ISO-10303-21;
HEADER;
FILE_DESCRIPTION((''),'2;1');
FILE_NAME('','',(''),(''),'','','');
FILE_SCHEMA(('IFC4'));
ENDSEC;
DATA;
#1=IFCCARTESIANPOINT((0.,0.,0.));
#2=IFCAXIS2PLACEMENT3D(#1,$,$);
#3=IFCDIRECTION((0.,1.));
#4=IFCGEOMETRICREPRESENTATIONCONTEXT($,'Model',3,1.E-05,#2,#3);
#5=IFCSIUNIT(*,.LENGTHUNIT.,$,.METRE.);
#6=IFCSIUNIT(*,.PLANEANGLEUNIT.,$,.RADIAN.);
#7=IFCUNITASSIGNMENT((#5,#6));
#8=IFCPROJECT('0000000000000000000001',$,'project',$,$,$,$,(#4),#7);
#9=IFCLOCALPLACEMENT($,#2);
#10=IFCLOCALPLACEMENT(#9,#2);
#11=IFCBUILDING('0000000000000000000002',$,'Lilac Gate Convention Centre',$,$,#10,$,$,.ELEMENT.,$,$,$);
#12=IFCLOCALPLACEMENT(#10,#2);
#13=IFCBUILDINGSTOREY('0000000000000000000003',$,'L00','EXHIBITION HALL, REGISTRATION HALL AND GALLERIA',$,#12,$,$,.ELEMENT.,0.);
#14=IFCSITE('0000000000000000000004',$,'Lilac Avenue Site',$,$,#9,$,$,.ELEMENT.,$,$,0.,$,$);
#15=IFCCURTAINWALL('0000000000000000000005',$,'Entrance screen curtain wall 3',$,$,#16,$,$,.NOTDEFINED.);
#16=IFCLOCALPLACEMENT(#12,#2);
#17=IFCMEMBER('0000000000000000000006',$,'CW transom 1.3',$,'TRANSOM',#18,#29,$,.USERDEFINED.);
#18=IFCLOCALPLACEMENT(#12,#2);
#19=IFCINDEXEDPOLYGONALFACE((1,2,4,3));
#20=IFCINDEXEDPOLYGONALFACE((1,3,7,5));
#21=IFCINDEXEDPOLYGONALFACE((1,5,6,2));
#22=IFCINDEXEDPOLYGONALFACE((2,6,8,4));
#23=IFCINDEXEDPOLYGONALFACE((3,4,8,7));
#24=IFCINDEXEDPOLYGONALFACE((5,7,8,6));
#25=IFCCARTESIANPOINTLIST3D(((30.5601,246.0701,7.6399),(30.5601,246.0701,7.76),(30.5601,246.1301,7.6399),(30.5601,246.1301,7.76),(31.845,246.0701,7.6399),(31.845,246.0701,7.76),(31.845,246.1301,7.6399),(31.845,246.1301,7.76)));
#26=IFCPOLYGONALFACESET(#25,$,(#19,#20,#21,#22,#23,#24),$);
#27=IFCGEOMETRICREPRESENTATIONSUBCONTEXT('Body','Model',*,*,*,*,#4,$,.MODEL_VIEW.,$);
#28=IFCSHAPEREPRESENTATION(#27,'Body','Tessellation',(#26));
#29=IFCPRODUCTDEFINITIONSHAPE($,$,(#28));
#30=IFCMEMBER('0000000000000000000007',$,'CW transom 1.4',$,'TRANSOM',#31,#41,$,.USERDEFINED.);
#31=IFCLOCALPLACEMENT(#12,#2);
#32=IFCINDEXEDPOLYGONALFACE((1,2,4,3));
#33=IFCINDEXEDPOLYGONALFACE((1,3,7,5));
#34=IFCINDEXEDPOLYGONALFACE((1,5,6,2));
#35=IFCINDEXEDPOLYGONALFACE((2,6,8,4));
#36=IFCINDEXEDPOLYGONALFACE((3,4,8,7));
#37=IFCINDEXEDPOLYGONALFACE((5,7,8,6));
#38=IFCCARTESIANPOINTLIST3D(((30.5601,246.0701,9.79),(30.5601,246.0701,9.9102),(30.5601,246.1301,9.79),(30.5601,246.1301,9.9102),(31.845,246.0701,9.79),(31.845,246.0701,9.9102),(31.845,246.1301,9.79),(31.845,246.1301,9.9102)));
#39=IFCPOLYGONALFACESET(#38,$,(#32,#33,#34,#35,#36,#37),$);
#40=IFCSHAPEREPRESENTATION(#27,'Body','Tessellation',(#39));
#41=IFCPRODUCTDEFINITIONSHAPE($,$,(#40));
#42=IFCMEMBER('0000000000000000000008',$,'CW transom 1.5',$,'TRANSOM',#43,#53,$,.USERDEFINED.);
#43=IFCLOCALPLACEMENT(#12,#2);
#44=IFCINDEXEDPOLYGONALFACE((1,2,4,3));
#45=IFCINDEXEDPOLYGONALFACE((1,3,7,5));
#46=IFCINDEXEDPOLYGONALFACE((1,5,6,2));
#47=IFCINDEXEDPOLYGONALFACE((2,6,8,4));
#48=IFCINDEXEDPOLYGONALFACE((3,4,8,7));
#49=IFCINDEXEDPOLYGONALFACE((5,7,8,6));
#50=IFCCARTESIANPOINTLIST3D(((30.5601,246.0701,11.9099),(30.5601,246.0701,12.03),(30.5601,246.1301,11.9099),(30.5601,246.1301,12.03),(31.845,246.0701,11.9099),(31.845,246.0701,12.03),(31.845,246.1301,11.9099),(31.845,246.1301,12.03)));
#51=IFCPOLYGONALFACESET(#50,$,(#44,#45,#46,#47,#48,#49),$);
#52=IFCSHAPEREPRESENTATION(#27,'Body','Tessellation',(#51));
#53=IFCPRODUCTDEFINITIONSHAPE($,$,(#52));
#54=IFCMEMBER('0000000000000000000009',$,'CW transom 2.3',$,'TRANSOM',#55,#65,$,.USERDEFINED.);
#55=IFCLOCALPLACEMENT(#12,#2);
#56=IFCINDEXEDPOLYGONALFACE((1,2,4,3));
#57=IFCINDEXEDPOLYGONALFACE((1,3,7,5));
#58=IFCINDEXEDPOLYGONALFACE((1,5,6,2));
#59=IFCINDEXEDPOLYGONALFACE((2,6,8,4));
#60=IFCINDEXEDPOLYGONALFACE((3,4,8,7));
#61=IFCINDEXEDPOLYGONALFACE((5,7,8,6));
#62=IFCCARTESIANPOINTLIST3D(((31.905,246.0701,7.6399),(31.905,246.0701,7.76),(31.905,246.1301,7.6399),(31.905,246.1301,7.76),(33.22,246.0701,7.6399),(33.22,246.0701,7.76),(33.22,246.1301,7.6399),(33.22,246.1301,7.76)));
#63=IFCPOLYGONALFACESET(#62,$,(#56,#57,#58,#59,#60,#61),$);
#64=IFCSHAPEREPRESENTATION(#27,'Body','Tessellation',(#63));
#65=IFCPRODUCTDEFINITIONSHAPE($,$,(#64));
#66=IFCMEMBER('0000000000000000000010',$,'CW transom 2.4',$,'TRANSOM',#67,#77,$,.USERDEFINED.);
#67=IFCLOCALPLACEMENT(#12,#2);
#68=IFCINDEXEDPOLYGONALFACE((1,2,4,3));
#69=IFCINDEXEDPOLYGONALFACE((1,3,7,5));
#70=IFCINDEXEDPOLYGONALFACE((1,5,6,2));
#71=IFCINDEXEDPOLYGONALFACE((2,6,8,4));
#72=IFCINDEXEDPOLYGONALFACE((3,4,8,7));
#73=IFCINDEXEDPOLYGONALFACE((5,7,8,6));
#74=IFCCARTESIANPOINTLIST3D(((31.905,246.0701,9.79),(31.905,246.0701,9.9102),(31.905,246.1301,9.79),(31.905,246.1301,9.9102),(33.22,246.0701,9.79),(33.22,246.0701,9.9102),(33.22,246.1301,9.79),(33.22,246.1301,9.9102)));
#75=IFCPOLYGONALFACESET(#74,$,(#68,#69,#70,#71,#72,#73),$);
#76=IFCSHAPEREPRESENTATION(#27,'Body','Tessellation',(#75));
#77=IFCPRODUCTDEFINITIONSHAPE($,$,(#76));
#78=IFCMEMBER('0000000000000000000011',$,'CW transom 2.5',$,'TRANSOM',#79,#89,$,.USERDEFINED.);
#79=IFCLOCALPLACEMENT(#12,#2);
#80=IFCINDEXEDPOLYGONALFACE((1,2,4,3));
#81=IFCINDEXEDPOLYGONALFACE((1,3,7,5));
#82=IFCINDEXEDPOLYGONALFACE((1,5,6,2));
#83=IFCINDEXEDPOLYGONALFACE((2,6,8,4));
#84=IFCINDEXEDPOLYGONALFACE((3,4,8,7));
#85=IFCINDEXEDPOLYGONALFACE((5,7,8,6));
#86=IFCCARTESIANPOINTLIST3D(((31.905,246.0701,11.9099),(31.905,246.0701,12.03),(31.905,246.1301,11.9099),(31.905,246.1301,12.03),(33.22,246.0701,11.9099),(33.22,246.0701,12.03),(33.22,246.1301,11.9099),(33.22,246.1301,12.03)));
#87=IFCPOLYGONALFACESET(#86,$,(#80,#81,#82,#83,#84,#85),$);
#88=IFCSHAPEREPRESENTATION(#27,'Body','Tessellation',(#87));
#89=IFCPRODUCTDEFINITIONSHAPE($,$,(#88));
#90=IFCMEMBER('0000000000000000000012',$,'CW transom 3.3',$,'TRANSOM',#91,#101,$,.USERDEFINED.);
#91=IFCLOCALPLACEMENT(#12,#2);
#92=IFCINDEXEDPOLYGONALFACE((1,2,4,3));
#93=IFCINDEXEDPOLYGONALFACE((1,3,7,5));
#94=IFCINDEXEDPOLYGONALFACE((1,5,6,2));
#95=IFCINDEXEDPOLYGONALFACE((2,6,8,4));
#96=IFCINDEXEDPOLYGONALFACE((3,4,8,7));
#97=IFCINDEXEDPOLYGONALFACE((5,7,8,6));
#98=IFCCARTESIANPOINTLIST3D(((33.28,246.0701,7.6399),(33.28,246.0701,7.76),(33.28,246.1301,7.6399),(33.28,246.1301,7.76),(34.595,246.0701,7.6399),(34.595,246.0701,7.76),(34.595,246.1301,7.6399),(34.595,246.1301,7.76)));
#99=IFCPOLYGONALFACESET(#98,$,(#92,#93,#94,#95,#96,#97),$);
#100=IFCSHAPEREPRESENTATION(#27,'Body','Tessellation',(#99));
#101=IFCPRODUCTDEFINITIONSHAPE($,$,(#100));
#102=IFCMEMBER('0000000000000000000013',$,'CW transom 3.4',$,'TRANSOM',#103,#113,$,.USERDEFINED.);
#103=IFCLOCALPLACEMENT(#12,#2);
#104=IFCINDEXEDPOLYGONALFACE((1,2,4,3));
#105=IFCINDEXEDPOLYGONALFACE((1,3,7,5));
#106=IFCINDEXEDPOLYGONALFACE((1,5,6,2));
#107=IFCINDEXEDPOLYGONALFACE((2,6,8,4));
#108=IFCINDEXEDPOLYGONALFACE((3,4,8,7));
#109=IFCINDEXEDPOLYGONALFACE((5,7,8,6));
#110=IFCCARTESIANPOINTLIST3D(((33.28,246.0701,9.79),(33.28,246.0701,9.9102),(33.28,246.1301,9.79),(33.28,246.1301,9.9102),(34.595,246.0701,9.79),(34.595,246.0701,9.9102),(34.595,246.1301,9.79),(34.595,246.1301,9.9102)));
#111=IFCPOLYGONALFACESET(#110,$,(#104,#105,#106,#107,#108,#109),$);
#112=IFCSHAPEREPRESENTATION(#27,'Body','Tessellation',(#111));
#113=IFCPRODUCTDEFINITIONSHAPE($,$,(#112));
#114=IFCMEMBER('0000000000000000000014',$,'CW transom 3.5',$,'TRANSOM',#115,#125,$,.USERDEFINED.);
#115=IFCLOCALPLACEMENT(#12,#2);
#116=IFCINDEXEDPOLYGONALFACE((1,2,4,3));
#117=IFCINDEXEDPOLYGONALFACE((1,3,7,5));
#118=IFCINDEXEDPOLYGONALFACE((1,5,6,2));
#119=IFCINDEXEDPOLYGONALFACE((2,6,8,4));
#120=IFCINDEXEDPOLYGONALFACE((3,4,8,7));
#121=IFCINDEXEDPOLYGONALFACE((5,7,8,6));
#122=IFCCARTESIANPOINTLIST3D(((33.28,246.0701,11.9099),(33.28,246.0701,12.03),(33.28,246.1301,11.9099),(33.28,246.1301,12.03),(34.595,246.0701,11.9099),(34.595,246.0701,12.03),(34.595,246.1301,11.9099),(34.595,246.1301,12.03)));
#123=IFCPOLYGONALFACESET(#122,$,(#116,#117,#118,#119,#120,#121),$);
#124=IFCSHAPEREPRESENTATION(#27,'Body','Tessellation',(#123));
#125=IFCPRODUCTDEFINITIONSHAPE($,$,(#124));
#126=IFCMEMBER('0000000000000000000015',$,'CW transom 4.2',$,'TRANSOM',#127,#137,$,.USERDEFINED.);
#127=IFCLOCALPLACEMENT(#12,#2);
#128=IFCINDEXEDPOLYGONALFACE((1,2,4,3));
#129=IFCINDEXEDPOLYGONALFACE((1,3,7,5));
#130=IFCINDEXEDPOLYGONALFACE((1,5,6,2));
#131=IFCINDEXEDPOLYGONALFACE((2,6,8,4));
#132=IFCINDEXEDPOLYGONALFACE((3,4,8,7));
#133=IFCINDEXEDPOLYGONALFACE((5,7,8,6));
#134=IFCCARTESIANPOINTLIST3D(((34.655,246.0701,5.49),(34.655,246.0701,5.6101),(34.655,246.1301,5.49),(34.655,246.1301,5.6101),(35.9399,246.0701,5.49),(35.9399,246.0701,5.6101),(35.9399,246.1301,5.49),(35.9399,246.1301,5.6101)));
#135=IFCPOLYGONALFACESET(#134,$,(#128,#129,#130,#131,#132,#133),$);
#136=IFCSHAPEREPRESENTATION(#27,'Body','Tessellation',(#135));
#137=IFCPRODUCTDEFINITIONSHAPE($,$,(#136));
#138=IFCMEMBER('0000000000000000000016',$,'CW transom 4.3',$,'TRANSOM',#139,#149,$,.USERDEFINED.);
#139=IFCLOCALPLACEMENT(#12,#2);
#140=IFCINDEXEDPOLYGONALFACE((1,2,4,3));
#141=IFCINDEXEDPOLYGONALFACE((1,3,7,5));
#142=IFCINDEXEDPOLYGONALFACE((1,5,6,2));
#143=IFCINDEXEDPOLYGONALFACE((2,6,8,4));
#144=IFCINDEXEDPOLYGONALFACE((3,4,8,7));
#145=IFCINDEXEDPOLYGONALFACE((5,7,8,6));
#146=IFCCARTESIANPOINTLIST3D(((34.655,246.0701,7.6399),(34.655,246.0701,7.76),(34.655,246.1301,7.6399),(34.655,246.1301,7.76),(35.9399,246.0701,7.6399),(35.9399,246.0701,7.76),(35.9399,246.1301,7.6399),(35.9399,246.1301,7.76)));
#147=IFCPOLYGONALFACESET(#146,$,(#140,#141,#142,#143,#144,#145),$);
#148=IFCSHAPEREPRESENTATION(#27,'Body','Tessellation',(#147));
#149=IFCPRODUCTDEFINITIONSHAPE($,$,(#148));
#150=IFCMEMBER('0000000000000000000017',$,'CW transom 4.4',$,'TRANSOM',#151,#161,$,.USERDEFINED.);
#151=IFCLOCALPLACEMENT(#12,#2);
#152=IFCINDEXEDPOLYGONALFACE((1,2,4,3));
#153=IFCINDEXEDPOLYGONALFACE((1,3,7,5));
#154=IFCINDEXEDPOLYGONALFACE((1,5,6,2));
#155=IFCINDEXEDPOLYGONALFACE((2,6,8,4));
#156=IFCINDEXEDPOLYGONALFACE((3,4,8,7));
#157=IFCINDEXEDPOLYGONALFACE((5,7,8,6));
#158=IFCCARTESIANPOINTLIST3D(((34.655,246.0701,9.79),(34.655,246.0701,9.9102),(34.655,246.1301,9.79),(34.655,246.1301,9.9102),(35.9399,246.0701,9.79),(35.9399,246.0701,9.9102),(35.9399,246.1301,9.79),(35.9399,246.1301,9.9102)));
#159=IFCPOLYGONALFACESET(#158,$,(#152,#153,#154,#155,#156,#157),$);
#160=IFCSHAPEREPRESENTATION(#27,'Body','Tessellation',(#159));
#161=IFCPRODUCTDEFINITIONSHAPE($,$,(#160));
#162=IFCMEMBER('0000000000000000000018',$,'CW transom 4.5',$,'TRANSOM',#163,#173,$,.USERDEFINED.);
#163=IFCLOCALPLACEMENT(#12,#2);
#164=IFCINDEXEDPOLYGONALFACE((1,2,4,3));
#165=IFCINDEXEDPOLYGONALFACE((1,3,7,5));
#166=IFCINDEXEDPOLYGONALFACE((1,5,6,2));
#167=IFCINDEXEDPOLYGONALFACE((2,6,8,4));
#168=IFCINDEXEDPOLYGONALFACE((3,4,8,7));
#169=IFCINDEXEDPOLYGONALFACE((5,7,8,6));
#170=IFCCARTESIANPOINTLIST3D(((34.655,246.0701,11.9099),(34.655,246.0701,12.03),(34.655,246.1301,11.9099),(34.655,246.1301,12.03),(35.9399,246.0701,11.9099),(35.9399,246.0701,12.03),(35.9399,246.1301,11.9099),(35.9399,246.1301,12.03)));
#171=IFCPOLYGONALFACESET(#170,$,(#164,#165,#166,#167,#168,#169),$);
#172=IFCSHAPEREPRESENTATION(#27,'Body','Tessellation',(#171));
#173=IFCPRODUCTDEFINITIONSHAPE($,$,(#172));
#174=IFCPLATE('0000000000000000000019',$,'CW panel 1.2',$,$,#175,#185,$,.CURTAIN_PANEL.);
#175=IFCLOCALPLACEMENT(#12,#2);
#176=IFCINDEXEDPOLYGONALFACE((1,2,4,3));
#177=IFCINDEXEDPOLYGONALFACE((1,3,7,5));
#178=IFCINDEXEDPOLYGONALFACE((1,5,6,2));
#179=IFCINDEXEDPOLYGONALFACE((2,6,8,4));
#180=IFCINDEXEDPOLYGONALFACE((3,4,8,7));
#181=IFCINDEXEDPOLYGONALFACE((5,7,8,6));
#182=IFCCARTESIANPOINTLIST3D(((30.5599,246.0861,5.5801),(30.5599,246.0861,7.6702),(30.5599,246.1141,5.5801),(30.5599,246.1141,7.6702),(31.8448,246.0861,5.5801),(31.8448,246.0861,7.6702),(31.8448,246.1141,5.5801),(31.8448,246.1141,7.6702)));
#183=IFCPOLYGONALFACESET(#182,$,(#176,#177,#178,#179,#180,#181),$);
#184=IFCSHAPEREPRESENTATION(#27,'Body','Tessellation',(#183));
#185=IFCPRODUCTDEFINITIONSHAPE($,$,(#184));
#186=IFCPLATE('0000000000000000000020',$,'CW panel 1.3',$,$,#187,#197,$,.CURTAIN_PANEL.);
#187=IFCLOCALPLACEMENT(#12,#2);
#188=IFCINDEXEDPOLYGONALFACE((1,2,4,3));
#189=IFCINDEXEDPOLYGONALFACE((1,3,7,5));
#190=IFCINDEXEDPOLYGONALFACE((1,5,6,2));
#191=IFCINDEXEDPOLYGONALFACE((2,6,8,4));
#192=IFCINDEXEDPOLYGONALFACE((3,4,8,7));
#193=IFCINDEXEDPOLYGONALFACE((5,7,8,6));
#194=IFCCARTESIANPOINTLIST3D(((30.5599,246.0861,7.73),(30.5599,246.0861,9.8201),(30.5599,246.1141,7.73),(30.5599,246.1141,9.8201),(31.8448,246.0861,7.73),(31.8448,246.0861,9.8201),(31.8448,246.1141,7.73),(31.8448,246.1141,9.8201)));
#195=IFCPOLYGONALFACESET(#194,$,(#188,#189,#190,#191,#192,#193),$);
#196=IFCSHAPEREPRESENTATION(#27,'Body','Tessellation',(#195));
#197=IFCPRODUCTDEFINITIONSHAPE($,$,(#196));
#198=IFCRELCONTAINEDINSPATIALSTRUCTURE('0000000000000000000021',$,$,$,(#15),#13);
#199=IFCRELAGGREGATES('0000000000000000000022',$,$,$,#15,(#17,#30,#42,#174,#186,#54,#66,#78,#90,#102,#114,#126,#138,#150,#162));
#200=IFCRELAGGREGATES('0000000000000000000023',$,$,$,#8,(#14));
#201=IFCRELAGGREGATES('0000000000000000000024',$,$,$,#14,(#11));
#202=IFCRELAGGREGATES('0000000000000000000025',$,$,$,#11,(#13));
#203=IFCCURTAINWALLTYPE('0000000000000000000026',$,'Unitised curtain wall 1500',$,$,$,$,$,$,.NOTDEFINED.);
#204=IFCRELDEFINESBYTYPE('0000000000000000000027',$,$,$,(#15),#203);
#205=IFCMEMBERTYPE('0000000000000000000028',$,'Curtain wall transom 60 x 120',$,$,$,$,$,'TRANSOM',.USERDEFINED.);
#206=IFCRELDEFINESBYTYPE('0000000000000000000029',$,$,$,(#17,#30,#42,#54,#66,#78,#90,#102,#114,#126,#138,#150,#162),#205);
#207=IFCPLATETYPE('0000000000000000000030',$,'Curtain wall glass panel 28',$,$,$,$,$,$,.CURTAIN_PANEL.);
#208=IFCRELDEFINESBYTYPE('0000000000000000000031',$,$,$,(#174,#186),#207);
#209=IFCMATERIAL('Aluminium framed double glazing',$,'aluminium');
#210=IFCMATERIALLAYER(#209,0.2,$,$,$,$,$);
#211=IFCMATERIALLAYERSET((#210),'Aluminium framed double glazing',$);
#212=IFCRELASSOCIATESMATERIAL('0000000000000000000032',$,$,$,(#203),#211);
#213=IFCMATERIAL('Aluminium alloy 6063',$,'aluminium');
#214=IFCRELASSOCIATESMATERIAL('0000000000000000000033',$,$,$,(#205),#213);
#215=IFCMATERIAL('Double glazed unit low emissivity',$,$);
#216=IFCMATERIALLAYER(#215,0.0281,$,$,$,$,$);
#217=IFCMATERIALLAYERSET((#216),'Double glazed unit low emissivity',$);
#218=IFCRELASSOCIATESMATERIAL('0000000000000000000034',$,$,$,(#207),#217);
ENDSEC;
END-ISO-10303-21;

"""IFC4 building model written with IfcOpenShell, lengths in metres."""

from ifc_helpers import new_model, si_unit, direction, frame, origin, origin_2d, place, context, subcontext, project, spatial, rectangle, extrude, material, layer, layer_set, material_profile, profile_set, type_object, element, aggregate, save


model = new_model("IFC4")

# Units and contexts
model_context = context("Model", 3, precision=1e-05, world=origin(), true_north=direction((0.0, 1.0)))
body_context = subcontext(model_context, "Body", "Model", "MODEL_VIEW")
ifc_project = project(units=[si_unit("LENGTHUNIT", "METRE"), si_unit("PLANEANGLEUNIT", "RADIAN")], contexts=[model_context])

# Site, building, storey
site_placement = place(None, origin())
site = spatial("IfcSite", under=ifc_project, at=site_placement, Name="Lilac Avenue Site", CompositionType="ELEMENT", RefElevation=0.0)
building_placement = place(site_placement, origin())
building = spatial("IfcBuilding", under=site, at=building_placement, Name="Lilac Gate Convention Centre", CompositionType="ELEMENT")
storey_placement = place(building_placement, origin())
storey = spatial("IfcBuildingStorey", under=building, at=storey_placement, Name="L00", Description="EXHIBITION HALL, REGISTRATION HALL AND GALLERIA", CompositionType="ELEMENT", Elevation=0.0)

# Curtain wall, members, plates
ifc_material_1 = material(Name="Aluminium framed double glazing", Category="aluminium")
ifc_layer_1 = layer(ifc_material_1, 0.2)
ifc_layer_set_1 = layer_set([ifc_layer_1], Name="Aluminium framed double glazing")
curtain_wall_type = type_object("IfcCurtainWallType", Name="Unitised curtain wall 1500", PredefinedType="NOTDEFINED", material=ifc_layer_set_1)
curtain_wall_placement = place(storey_placement, origin())
curtain_wall = element("IfcCurtainWall", 1, at=curtain_wall_placement, inside=storey, type_object=curtain_wall_type, Name="Entrance screen curtain wall 3", PredefinedType="NOTDEFINED")
ifc_material_2 = material(Name="Aluminium alloy 6063", Category="aluminium")
ifc_material_profile = material_profile(ifc_material_2, rectangle(XDim=0.0601, YDim=0.1201, at=origin_2d()), Name="Curtain wall transom 60 x 120")
ifc_profile_set = profile_set([ifc_material_profile], Name="Aluminium alloy 6063")
member_type = type_object("IfcMemberType", Name="Curtain wall transom 60 x 120", ElementType="TRANSOM", PredefinedType="USERDEFINED", material=ifc_profile_set)
member_1_placement = place(storey_placement, frame((30.5601, 246.1001, 7.7), z_axis=(1.0, 0.0, 0.0), x_axis=(0.0, 1.0, 0.0)))
member_1 = element("IfcMember", 2, at=member_1_placement, type_object=member_type, Name="CW transom 1.3", ObjectType="TRANSOM", PredefinedType="USERDEFINED", context=body_context, shape_type="SweptSolid", body=[
    extrude(rectangle(XDim=0.0601, YDim=0.1201, at=origin_2d()), origin(), (0.0, 0.0, 1.0), 1.2849),
])
member_2_placement = place(storey_placement, frame((30.5601, 246.1001, 9.8501), z_axis=(1.0, 0.0, 0.0), x_axis=(0.0, 1.0, 0.0)))
member_2 = element("IfcMember", 3, at=member_2_placement, type_object=member_type, Name="CW transom 1.4", ObjectType="TRANSOM", PredefinedType="USERDEFINED", context=body_context, shape_type="SweptSolid", body=[
    extrude(rectangle(XDim=0.0601, YDim=0.1201, at=origin_2d()), origin(), (0.0, 0.0, 1.0), 1.2849),
])
member_3_placement = place(storey_placement, frame((30.5601, 246.1001, 11.97), z_axis=(1.0, 0.0, 0.0), x_axis=(0.0, 1.0, 0.0)))
member_3 = element("IfcMember", 4, at=member_3_placement, type_object=member_type, Name="CW transom 1.5", ObjectType="TRANSOM", PredefinedType="USERDEFINED", context=body_context, shape_type="SweptSolid", body=[
    extrude(rectangle(XDim=0.0601, YDim=0.1201, at=origin_2d()), origin(), (0.0, 0.0, 1.0), 1.2849),
])
member_4_placement = place(storey_placement, frame((31.905, 246.1001, 7.7), z_axis=(1.0, 0.0, 0.0), x_axis=(0.0, 1.0, 0.0)))
member_4 = element("IfcMember", 5, at=member_4_placement, type_object=member_type, Name="CW transom 2.3", ObjectType="TRANSOM", PredefinedType="USERDEFINED", context=body_context, shape_type="SweptSolid", body=[
    extrude(rectangle(XDim=0.0601, YDim=0.1201, at=origin_2d()), origin(), (0.0, 0.0, 1.0), 1.3149),
])
member_5_placement = place(storey_placement, frame((31.905, 246.1001, 9.8501), z_axis=(1.0, 0.0, 0.0), x_axis=(0.0, 1.0, 0.0)))
member_5 = element("IfcMember", 6, at=member_5_placement, type_object=member_type, Name="CW transom 2.4", ObjectType="TRANSOM", PredefinedType="USERDEFINED", context=body_context, shape_type="SweptSolid", body=[
    extrude(rectangle(XDim=0.0601, YDim=0.1201, at=origin_2d()), origin(), (0.0, 0.0, 1.0), 1.3149),
])
member_6_placement = place(storey_placement, frame((31.905, 246.1001, 11.97), z_axis=(1.0, 0.0, 0.0), x_axis=(0.0, 1.0, 0.0)))
member_6 = element("IfcMember", 7, at=member_6_placement, type_object=member_type, Name="CW transom 2.5", ObjectType="TRANSOM", PredefinedType="USERDEFINED", context=body_context, shape_type="SweptSolid", body=[
    extrude(rectangle(XDim=0.0601, YDim=0.1201, at=origin_2d()), origin(), (0.0, 0.0, 1.0), 1.3149),
])
member_7_placement = place(storey_placement, frame((33.28, 246.1001, 7.7), z_axis=(1.0, 0.0, 0.0), x_axis=(0.0, 1.0, 0.0)))
member_7 = element("IfcMember", 8, at=member_7_placement, type_object=member_type, Name="CW transom 3.3", ObjectType="TRANSOM", PredefinedType="USERDEFINED", context=body_context, shape_type="SweptSolid", body=[
    extrude(rectangle(XDim=0.0601, YDim=0.1201, at=origin_2d()), origin(), (0.0, 0.0, 1.0), 1.3149),
])
member_8_placement = place(storey_placement, frame((33.28, 246.1001, 9.8501), z_axis=(1.0, 0.0, 0.0), x_axis=(0.0, 1.0, 0.0)))
member_8 = element("IfcMember", 9, at=member_8_placement, type_object=member_type, Name="CW transom 3.4", ObjectType="TRANSOM", PredefinedType="USERDEFINED", context=body_context, shape_type="SweptSolid", body=[
    extrude(rectangle(XDim=0.0601, YDim=0.1201, at=origin_2d()), origin(), (0.0, 0.0, 1.0), 1.3149),
])
member_9_placement = place(storey_placement, frame((33.28, 246.1001, 11.97), z_axis=(1.0, 0.0, 0.0), x_axis=(0.0, 1.0, 0.0)))
member_9 = element("IfcMember", 10, at=member_9_placement, type_object=member_type, Name="CW transom 3.5", ObjectType="TRANSOM", PredefinedType="USERDEFINED", context=body_context, shape_type="SweptSolid", body=[
    extrude(rectangle(XDim=0.0601, YDim=0.1201, at=origin_2d()), origin(), (0.0, 0.0, 1.0), 1.3149),
])
member_10_placement = place(storey_placement, frame((34.655, 246.1001, 5.55), z_axis=(1.0, 0.0, 0.0), x_axis=(0.0, 1.0, 0.0)))
member_10 = element("IfcMember", 11, at=member_10_placement, type_object=member_type, Name="CW transom 4.2", ObjectType="TRANSOM", PredefinedType="USERDEFINED", context=body_context, shape_type="SweptSolid", body=[
    extrude(rectangle(XDim=0.0601, YDim=0.1201, at=origin_2d()), origin(), (0.0, 0.0, 1.0), 1.2849),
])
member_11_placement = place(storey_placement, frame((34.655, 246.1001, 7.7), z_axis=(1.0, 0.0, 0.0), x_axis=(0.0, 1.0, 0.0)))
member_11 = element("IfcMember", 12, at=member_11_placement, type_object=member_type, Name="CW transom 4.3", ObjectType="TRANSOM", PredefinedType="USERDEFINED", context=body_context, shape_type="SweptSolid", body=[
    extrude(rectangle(XDim=0.0601, YDim=0.1201, at=origin_2d()), origin(), (0.0, 0.0, 1.0), 1.2849),
])
member_12_placement = place(storey_placement, frame((34.655, 246.1001, 9.8501), z_axis=(1.0, 0.0, 0.0), x_axis=(0.0, 1.0, 0.0)))
member_12 = element("IfcMember", 13, at=member_12_placement, type_object=member_type, Name="CW transom 4.4", ObjectType="TRANSOM", PredefinedType="USERDEFINED", context=body_context, shape_type="SweptSolid", body=[
    extrude(rectangle(XDim=0.0601, YDim=0.1201, at=origin_2d()), origin(), (0.0, 0.0, 1.0), 1.2849),
])
member_13_placement = place(storey_placement, frame((34.655, 246.1001, 11.97), z_axis=(1.0, 0.0, 0.0), x_axis=(0.0, 1.0, 0.0)))
member_13 = element("IfcMember", 14, at=member_13_placement, type_object=member_type, Name="CW transom 4.5", ObjectType="TRANSOM", PredefinedType="USERDEFINED", context=body_context, shape_type="SweptSolid", body=[
    extrude(rectangle(XDim=0.0601, YDim=0.1201, at=origin_2d()), origin(), (0.0, 0.0, 1.0), 1.2849),
])
ifc_material_3 = material(Name="Double glazed unit low emissivity")
ifc_layer_2 = layer(ifc_material_3, 0.0281)
ifc_layer_set_2 = layer_set([ifc_layer_2], Name="Double glazed unit low emissivity")
plate_type = type_object("IfcPlateType", Name="Curtain wall glass panel 28", PredefinedType="CURTAIN_PANEL", material=ifc_layer_set_2)
plate_1_placement = place(storey_placement, frame((31.2024, 246.1001, 5.5801), z_axis=(0.0, 0.0, 1.0), x_axis=(1.0, 0.0, 0.0)))
plate_1 = element("IfcPlate", 15, at=plate_1_placement, type_object=plate_type, Name="CW panel 1.2", PredefinedType="CURTAIN_PANEL", context=body_context, shape_type="SweptSolid", body=[
    extrude(rectangle(XDim=1.2849, YDim=0.0281, at=origin_2d()), origin(), (0.0, 0.0, 1.0), 2.0901),
])
plate_2_placement = place(storey_placement, frame((31.2024, 246.1001, 7.73), z_axis=(0.0, 0.0, 1.0), x_axis=(1.0, 0.0, 0.0)))
plate_2 = element("IfcPlate", 16, at=plate_2_placement, type_object=plate_type, Name="CW panel 1.3", PredefinedType="CURTAIN_PANEL", context=body_context, shape_type="SweptSolid", body=[
    extrude(rectangle(XDim=1.2849, YDim=0.0281, at=origin_2d()), origin(), (0.0, 0.0, 1.0), 2.0901),
])
aggregate(curtain_wall, [member_1, member_2, member_3, plate_1, plate_2, member_4, member_5, member_6, member_7, member_8, member_9, member_10, member_11, member_12, member_13])

save(model, "model.ifc")
